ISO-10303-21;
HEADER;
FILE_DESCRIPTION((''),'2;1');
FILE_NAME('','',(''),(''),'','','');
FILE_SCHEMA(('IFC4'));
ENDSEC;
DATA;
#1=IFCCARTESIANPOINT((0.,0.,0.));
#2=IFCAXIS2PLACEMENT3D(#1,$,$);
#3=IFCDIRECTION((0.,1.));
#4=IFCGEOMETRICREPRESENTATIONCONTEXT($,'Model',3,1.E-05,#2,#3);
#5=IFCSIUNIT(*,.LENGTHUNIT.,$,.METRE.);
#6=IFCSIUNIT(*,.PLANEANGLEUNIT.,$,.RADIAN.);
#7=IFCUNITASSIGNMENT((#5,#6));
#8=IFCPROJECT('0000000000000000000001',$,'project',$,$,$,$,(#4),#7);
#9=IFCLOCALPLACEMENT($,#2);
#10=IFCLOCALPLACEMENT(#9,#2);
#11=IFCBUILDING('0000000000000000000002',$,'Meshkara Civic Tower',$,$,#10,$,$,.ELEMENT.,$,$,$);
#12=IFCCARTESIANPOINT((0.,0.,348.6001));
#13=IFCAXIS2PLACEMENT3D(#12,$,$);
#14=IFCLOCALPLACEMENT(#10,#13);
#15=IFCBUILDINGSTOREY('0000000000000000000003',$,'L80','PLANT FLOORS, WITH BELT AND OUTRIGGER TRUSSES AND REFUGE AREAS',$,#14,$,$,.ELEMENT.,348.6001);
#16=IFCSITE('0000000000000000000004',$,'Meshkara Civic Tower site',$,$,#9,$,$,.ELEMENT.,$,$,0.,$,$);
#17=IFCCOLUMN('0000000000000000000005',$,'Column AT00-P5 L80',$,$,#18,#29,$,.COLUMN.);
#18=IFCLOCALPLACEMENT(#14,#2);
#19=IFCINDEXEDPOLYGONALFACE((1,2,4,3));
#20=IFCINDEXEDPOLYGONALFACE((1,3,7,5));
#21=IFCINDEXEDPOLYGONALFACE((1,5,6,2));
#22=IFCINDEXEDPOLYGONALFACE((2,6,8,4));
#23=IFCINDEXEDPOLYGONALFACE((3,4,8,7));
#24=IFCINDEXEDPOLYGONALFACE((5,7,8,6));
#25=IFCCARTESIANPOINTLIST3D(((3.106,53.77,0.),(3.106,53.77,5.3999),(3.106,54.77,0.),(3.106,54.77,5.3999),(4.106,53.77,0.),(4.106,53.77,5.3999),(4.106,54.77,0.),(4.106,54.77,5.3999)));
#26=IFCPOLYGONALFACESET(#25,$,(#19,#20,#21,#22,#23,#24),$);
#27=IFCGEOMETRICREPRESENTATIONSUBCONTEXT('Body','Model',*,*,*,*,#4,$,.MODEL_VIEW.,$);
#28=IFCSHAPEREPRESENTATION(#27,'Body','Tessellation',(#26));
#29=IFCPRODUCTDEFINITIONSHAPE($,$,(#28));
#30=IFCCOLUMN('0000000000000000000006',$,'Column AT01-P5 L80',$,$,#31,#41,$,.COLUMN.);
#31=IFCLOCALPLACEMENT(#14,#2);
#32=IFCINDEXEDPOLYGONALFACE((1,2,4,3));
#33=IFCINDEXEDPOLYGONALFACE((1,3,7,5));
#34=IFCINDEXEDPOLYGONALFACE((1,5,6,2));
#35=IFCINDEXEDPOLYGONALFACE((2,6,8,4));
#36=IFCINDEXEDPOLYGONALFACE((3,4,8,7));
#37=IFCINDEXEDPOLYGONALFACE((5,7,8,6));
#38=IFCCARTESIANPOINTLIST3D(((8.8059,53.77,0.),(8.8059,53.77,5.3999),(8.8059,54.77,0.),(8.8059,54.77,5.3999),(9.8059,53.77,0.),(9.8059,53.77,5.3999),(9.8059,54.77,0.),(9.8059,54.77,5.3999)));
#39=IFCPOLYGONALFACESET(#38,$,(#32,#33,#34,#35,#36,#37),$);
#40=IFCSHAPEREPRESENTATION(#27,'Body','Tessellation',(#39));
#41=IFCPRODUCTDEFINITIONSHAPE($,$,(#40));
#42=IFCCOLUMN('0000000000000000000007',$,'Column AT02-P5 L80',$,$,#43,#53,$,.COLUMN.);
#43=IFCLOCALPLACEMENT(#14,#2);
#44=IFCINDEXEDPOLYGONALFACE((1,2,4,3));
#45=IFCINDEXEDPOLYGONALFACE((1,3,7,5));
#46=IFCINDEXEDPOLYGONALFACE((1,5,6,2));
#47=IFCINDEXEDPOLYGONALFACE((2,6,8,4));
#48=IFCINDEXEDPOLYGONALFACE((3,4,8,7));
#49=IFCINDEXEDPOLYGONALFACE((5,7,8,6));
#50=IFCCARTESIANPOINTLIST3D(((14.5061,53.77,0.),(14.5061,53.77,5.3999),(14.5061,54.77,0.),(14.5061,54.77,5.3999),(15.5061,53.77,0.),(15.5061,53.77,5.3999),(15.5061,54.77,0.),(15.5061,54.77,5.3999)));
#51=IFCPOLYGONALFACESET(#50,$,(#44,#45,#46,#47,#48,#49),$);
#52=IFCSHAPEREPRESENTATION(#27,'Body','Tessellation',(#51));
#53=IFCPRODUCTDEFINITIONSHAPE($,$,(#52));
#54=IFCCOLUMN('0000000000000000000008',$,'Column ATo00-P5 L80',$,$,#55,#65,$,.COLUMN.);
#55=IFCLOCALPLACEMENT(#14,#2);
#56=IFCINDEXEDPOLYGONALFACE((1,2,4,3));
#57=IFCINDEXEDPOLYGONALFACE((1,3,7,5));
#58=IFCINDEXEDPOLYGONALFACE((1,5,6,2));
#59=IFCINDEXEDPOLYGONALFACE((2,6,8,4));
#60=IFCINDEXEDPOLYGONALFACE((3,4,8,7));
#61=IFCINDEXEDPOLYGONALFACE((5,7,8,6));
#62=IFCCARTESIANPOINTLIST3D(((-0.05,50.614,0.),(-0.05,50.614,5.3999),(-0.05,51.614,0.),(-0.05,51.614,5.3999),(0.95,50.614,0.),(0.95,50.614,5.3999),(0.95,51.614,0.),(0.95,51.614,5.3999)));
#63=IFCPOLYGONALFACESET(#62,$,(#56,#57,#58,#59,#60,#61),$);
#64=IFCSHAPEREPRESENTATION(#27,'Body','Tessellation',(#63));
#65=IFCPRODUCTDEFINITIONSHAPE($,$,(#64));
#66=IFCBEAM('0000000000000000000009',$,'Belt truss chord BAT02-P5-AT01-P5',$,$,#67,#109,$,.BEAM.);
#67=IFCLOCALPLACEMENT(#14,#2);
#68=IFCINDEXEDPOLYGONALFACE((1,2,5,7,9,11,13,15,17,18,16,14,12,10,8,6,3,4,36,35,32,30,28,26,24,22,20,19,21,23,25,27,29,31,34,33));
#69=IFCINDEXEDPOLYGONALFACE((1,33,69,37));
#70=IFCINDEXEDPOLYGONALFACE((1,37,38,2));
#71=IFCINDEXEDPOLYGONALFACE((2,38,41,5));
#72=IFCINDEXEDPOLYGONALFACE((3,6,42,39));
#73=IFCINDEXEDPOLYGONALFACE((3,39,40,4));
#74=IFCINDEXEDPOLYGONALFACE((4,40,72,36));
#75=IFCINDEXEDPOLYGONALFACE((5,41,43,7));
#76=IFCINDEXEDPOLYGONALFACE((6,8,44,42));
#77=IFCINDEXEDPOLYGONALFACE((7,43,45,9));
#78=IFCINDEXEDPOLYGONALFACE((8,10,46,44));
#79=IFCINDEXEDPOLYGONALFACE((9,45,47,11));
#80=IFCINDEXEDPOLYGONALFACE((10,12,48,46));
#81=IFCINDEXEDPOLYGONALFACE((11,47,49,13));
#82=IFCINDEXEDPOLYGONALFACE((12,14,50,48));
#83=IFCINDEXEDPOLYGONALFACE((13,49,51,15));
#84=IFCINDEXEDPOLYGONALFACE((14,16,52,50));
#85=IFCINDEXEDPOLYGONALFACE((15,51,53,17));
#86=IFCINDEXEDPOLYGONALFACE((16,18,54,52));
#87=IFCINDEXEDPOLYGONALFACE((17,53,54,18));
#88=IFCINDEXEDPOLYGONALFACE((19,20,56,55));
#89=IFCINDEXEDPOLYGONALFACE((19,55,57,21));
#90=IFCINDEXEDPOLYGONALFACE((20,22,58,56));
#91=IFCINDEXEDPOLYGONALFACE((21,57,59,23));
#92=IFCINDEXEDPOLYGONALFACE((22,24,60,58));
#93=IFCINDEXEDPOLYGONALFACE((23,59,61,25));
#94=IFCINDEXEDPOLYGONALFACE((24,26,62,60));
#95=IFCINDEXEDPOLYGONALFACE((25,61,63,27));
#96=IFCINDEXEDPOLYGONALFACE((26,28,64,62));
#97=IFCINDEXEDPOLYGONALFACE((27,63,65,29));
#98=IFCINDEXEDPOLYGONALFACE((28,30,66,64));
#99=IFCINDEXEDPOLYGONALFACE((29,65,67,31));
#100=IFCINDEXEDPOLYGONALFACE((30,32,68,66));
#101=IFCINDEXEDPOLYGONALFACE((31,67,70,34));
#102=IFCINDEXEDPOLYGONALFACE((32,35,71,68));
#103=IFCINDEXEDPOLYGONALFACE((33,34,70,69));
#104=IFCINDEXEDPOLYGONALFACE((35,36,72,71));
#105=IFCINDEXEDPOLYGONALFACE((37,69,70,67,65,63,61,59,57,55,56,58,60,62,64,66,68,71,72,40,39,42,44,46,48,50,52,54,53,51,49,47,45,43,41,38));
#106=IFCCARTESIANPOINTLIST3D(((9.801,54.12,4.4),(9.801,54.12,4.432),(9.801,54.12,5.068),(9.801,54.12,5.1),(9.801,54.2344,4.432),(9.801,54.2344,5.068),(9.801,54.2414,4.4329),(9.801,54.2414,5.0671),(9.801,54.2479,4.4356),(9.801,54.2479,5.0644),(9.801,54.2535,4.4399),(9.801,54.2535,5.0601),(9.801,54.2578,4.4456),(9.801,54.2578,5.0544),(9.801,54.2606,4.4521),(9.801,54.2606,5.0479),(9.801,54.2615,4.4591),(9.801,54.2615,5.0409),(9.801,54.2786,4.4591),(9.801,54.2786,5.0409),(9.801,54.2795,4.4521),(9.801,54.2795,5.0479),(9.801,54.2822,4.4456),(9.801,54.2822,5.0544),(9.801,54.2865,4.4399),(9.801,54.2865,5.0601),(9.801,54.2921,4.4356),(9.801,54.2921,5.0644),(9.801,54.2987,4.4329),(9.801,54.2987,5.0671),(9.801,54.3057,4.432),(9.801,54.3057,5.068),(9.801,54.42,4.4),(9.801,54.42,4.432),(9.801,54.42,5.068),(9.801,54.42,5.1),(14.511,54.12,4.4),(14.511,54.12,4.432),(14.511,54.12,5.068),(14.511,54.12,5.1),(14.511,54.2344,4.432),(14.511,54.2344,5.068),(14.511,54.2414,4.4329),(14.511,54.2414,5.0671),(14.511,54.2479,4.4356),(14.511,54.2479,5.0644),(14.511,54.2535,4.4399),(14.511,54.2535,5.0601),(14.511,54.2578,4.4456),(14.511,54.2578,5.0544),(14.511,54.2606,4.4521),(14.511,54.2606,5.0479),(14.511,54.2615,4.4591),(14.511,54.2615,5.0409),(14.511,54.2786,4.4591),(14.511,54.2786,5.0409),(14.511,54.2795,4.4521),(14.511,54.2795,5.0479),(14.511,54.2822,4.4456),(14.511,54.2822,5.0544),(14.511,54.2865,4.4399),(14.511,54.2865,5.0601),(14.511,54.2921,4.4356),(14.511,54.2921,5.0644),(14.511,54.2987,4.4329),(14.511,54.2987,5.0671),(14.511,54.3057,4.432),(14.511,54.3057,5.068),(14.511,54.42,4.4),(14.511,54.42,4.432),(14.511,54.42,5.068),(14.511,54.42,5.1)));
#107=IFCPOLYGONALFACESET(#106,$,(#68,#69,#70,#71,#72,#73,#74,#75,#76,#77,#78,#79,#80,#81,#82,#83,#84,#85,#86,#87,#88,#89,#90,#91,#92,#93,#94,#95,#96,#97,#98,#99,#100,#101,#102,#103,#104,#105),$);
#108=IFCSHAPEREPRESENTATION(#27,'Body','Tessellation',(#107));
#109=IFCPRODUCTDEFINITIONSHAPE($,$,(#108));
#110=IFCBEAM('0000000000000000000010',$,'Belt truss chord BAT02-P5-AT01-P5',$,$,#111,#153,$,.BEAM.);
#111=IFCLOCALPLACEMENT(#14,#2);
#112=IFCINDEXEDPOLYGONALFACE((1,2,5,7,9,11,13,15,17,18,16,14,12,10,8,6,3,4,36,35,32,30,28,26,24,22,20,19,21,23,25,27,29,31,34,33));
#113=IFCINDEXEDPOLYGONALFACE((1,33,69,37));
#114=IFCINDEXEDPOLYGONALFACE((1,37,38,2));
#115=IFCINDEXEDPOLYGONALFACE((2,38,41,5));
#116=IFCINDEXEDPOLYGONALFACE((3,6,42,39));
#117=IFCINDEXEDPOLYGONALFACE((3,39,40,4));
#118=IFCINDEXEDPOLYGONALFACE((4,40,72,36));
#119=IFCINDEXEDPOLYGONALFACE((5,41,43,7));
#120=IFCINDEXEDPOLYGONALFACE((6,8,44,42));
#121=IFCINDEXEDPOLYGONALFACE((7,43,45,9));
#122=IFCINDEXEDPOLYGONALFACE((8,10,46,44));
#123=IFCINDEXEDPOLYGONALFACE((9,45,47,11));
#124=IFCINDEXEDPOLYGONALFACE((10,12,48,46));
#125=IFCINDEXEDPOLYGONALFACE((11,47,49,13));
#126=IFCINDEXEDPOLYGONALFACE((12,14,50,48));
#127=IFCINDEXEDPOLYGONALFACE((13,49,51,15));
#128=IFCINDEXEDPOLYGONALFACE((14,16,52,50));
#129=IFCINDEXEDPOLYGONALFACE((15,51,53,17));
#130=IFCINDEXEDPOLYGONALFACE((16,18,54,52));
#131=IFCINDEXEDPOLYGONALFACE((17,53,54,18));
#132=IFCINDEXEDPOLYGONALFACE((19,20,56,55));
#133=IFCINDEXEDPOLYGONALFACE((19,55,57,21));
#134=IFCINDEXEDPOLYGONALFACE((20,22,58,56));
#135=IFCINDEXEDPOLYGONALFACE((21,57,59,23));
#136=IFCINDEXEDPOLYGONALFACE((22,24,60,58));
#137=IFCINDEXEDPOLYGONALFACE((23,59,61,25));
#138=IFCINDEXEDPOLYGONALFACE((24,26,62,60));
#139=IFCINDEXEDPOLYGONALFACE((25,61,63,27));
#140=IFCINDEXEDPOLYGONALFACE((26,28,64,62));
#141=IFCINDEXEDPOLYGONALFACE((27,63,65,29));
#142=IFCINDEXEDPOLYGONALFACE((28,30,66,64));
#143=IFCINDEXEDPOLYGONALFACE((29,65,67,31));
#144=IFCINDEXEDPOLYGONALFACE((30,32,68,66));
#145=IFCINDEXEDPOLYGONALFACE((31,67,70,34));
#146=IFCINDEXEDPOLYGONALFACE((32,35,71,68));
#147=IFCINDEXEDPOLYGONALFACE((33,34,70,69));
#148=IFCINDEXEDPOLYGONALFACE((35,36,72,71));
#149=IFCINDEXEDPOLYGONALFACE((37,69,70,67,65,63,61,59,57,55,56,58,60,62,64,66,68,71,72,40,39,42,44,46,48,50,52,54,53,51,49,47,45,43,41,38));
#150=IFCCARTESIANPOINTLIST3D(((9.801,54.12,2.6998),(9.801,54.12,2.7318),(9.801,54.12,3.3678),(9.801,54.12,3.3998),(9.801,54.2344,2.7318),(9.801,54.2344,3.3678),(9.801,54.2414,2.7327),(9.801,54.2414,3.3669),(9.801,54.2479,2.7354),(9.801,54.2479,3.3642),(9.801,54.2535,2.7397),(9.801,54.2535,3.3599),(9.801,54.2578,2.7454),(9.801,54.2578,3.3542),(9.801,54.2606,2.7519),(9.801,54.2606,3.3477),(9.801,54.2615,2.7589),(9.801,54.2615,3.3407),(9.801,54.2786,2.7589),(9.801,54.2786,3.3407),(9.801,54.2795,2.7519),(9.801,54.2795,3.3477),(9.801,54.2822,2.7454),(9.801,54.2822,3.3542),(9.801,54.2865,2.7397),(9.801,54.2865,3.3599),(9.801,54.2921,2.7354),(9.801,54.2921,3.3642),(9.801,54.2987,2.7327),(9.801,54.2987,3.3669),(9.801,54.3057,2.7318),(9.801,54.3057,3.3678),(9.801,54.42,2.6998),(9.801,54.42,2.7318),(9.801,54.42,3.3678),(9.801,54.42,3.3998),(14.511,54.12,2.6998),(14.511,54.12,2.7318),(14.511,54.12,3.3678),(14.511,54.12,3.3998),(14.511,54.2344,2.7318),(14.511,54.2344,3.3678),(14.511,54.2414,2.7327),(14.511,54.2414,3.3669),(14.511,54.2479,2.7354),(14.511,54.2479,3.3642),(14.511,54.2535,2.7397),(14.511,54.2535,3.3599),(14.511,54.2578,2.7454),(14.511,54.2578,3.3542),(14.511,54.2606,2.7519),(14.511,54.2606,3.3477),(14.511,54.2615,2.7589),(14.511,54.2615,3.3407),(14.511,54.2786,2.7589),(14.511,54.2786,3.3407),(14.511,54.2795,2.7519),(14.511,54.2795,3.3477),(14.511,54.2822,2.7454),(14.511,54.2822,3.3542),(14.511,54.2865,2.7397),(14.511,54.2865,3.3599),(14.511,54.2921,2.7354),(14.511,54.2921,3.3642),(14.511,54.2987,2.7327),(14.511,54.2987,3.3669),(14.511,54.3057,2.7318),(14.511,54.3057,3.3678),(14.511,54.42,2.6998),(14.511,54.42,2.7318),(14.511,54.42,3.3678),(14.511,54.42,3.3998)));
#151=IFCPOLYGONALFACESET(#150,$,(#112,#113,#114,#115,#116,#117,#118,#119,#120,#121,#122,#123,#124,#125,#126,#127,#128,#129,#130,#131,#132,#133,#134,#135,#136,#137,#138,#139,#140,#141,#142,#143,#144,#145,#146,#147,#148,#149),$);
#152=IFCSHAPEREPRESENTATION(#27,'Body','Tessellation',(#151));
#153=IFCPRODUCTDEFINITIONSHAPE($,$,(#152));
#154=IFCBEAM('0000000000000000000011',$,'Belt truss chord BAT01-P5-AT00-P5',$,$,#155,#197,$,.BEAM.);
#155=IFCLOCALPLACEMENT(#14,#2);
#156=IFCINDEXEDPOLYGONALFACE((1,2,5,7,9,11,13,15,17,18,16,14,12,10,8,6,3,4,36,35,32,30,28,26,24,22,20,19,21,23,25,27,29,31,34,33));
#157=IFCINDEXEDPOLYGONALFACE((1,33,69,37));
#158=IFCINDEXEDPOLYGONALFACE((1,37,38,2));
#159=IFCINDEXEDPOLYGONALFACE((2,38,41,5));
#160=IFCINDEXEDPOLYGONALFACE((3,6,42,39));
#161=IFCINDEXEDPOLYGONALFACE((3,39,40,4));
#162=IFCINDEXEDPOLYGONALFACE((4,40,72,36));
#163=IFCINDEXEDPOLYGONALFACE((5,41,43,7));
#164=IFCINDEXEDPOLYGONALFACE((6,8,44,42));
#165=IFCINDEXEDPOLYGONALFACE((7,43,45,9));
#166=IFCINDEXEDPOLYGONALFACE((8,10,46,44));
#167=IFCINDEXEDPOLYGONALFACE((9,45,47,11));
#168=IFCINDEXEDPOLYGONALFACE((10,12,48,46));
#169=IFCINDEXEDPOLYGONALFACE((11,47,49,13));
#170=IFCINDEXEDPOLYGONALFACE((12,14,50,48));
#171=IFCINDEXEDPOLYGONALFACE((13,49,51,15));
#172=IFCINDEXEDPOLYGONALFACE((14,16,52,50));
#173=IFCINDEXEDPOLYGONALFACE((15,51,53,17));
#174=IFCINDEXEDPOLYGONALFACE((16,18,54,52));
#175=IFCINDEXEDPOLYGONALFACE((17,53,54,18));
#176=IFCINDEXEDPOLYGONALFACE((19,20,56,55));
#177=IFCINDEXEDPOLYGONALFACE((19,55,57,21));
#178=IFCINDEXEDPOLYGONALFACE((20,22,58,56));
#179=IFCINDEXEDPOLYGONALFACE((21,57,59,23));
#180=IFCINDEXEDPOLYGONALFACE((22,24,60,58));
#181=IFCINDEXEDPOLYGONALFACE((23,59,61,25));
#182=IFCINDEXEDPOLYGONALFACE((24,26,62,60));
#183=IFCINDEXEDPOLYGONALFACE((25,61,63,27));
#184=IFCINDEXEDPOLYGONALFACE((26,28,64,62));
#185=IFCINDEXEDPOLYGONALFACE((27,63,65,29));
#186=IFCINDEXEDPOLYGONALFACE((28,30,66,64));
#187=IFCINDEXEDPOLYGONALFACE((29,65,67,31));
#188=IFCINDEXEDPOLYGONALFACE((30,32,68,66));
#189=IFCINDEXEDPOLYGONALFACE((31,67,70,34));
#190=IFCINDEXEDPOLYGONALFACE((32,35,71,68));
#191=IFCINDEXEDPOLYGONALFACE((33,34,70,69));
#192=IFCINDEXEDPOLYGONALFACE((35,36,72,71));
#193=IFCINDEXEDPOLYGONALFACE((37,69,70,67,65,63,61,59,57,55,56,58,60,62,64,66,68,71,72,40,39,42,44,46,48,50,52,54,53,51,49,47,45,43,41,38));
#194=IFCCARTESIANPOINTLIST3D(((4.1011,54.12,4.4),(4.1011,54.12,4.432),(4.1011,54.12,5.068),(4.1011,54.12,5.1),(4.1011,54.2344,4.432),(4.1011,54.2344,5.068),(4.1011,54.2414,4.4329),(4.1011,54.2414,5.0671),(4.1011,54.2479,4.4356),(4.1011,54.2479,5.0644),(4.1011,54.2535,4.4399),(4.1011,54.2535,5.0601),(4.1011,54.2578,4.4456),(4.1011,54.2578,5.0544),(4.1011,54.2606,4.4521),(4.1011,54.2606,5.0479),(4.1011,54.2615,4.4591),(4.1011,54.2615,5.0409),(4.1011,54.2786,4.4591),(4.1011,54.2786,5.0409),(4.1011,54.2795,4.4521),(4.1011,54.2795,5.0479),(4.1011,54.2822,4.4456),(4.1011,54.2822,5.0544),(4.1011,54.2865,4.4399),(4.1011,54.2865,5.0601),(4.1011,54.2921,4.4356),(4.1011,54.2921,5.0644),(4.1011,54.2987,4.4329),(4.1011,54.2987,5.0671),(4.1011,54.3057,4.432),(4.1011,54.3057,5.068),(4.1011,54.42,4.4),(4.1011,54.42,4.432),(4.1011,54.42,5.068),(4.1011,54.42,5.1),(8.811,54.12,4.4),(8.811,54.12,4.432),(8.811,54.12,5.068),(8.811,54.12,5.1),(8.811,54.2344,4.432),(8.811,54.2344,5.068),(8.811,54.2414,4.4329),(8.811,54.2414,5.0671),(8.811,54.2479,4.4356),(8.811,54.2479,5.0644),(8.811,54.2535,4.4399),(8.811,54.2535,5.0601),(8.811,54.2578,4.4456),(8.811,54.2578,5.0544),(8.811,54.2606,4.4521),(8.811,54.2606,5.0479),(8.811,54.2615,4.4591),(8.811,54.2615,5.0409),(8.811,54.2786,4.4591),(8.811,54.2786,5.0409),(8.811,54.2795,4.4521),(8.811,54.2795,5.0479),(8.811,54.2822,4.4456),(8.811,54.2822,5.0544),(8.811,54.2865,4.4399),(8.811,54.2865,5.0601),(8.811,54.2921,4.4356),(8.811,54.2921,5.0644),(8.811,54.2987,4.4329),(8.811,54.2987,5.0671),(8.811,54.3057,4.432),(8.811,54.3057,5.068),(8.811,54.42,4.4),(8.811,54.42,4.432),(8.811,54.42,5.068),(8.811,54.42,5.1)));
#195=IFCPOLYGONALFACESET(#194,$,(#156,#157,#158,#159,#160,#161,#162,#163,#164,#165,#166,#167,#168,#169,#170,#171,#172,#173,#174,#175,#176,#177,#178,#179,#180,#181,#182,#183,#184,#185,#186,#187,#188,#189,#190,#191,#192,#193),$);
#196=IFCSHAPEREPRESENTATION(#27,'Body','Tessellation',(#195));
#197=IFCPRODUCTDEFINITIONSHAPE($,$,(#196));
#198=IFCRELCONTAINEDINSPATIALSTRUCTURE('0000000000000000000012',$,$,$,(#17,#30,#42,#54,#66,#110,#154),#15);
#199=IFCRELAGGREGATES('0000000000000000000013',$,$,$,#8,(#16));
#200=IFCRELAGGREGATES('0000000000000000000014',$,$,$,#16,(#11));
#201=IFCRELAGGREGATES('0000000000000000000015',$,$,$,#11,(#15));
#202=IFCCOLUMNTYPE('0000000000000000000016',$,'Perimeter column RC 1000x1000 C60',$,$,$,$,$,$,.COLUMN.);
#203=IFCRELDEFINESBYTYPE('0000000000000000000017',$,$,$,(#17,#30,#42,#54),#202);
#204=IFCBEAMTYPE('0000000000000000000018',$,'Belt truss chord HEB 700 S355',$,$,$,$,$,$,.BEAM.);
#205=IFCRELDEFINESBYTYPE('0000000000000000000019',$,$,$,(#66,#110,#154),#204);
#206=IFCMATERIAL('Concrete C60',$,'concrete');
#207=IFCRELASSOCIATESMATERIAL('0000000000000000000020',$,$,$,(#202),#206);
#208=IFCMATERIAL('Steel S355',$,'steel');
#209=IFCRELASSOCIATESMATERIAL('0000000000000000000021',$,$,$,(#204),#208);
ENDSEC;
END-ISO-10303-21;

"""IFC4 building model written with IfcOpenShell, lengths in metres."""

from ifc_helpers import new_model, si_unit, direction, frame, origin, origin_2d, place, context, subcontext, project, spatial, rectangle, i_section, extrude, material, material_profile, profile_set, type_object, element, save


model = new_model("IFC4")

# Units and contexts
model_context = context("Model", 3, precision=1e-05, world=origin(), true_north=direction((0.0, 1.0)))
body_context = subcontext(model_context, "Body", "Model", "MODEL_VIEW")
ifc_project = project(units=[si_unit("LENGTHUNIT", "METRE"), si_unit("PLANEANGLEUNIT", "RADIAN")], contexts=[model_context])

# Site, building, storey
site_placement = place(None, origin())
site = spatial("IfcSite", under=ifc_project, at=site_placement, Name="Meshkara Civic Tower site", CompositionType="ELEMENT", RefElevation=0.0)
building_placement = place(site_placement, origin())
building = spatial("IfcBuilding", under=site, at=building_placement, Name="Meshkara Civic Tower", CompositionType="ELEMENT")
storey_placement = place(building_placement, frame((0.0, 0.0, 348.6001)))
storey = spatial("IfcBuildingStorey", under=building, at=storey_placement, Name="L80", Description="PLANT FLOORS, WITH BELT AND OUTRIGGER TRUSSES AND REFUGE AREAS", CompositionType="ELEMENT", Elevation=348.6001)

# Columns
ifc_material_1 = material(Name="Concrete C60", Category="concrete")
ifc_material_profile_1 = material_profile(ifc_material_1, rectangle(XDim=1.0, YDim=1.0, at=origin_2d()))
ifc_profile_set_1 = profile_set([ifc_material_profile_1], Name="Concrete C60")
column_type = type_object("IfcColumnType", Name="Perimeter column RC 1000x1000 C60", PredefinedType="COLUMN", material=ifc_profile_set_1)
for number, where, z_axis, x_axis, name in (
    (1, (3.606, 54.27, 0.0), (0.0, 0.0, 1.0), (1.0, 0.0, 0.0), "Column AT00-P5 L80"),
    (2, (9.3059, 54.27, 0.0), (0.0, 0.0, 1.0), (1.0, 0.0, 0.0), "Column AT01-P5 L80"),
    (3, (15.0061, 54.27, 0.0), (0.0, 0.0, 1.0), (1.0, 0.0, 0.0), "Column AT02-P5 L80"),
    (4, (0.45, 51.114, 0.0), (0.0, 0.0, 1.0), (1.0, 0.0, 0.0), "Column ATo00-P5 L80"),
):
    element("IfcColumn", number, at=place(storey_placement, frame(where, z_axis=z_axis, x_axis=x_axis)), inside=storey, type_object=column_type, Name=name, PredefinedType="COLUMN", context=body_context, shape_type="SweptSolid", body=[
        extrude(rectangle(XDim=1.0, YDim=1.0, at=origin_2d()), origin(), (0.0, 0.0, 1.0), 5.3999),
    ])

# Beams
ifc_material_2 = material(Name="Steel S355", Category="steel")
ifc_material_profile_2 = material_profile(ifc_material_2, i_section(OverallWidth=0.3, OverallDepth=0.7, WebThickness=0.0171, FlangeThickness=0.032, FilletRadius=0.0271, at=origin_2d()))
ifc_profile_set_2 = profile_set([ifc_material_profile_2], Name="Steel S355")
beam_type = type_object("IfcBeamType", Name="Belt truss chord HEB 700 S355", PredefinedType="BEAM", material=ifc_profile_set_2)
for number, where, z_axis, x_axis, name in (
    (5, (14.511, 54.27, 4.75), (-1.0, 0.0, 0.0), (0.0, -1.0, 0.0), "Belt truss chord BAT02-P5-AT01-P5"),
    (6, (14.511, 54.27, 3.0498), (-1.0, 0.0, 0.0), (0.0, -1.0, 0.0), "Belt truss chord BAT02-P5-AT01-P5"),
    (7, (8.811, 54.27, 4.75), (-1.0, 0.0, 0.0), (0.0, -1.0, 0.0), "Belt truss chord BAT01-P5-AT00-P5"),
):
    element("IfcBeam", number, at=place(storey_placement, frame(where, z_axis=z_axis, x_axis=x_axis)), inside=storey, type_object=beam_type, Name=name, PredefinedType="BEAM", context=body_context, shape_type="SweptSolid", body=[
        extrude(i_section(OverallWidth=0.3, OverallDepth=0.7, WebThickness=0.0171, FlangeThickness=0.032, FilletRadius=0.0271, at=origin_2d()), origin(), (0.0, 0.0, 1.0), 4.71),
    ])

save(model, "model.ifc")
